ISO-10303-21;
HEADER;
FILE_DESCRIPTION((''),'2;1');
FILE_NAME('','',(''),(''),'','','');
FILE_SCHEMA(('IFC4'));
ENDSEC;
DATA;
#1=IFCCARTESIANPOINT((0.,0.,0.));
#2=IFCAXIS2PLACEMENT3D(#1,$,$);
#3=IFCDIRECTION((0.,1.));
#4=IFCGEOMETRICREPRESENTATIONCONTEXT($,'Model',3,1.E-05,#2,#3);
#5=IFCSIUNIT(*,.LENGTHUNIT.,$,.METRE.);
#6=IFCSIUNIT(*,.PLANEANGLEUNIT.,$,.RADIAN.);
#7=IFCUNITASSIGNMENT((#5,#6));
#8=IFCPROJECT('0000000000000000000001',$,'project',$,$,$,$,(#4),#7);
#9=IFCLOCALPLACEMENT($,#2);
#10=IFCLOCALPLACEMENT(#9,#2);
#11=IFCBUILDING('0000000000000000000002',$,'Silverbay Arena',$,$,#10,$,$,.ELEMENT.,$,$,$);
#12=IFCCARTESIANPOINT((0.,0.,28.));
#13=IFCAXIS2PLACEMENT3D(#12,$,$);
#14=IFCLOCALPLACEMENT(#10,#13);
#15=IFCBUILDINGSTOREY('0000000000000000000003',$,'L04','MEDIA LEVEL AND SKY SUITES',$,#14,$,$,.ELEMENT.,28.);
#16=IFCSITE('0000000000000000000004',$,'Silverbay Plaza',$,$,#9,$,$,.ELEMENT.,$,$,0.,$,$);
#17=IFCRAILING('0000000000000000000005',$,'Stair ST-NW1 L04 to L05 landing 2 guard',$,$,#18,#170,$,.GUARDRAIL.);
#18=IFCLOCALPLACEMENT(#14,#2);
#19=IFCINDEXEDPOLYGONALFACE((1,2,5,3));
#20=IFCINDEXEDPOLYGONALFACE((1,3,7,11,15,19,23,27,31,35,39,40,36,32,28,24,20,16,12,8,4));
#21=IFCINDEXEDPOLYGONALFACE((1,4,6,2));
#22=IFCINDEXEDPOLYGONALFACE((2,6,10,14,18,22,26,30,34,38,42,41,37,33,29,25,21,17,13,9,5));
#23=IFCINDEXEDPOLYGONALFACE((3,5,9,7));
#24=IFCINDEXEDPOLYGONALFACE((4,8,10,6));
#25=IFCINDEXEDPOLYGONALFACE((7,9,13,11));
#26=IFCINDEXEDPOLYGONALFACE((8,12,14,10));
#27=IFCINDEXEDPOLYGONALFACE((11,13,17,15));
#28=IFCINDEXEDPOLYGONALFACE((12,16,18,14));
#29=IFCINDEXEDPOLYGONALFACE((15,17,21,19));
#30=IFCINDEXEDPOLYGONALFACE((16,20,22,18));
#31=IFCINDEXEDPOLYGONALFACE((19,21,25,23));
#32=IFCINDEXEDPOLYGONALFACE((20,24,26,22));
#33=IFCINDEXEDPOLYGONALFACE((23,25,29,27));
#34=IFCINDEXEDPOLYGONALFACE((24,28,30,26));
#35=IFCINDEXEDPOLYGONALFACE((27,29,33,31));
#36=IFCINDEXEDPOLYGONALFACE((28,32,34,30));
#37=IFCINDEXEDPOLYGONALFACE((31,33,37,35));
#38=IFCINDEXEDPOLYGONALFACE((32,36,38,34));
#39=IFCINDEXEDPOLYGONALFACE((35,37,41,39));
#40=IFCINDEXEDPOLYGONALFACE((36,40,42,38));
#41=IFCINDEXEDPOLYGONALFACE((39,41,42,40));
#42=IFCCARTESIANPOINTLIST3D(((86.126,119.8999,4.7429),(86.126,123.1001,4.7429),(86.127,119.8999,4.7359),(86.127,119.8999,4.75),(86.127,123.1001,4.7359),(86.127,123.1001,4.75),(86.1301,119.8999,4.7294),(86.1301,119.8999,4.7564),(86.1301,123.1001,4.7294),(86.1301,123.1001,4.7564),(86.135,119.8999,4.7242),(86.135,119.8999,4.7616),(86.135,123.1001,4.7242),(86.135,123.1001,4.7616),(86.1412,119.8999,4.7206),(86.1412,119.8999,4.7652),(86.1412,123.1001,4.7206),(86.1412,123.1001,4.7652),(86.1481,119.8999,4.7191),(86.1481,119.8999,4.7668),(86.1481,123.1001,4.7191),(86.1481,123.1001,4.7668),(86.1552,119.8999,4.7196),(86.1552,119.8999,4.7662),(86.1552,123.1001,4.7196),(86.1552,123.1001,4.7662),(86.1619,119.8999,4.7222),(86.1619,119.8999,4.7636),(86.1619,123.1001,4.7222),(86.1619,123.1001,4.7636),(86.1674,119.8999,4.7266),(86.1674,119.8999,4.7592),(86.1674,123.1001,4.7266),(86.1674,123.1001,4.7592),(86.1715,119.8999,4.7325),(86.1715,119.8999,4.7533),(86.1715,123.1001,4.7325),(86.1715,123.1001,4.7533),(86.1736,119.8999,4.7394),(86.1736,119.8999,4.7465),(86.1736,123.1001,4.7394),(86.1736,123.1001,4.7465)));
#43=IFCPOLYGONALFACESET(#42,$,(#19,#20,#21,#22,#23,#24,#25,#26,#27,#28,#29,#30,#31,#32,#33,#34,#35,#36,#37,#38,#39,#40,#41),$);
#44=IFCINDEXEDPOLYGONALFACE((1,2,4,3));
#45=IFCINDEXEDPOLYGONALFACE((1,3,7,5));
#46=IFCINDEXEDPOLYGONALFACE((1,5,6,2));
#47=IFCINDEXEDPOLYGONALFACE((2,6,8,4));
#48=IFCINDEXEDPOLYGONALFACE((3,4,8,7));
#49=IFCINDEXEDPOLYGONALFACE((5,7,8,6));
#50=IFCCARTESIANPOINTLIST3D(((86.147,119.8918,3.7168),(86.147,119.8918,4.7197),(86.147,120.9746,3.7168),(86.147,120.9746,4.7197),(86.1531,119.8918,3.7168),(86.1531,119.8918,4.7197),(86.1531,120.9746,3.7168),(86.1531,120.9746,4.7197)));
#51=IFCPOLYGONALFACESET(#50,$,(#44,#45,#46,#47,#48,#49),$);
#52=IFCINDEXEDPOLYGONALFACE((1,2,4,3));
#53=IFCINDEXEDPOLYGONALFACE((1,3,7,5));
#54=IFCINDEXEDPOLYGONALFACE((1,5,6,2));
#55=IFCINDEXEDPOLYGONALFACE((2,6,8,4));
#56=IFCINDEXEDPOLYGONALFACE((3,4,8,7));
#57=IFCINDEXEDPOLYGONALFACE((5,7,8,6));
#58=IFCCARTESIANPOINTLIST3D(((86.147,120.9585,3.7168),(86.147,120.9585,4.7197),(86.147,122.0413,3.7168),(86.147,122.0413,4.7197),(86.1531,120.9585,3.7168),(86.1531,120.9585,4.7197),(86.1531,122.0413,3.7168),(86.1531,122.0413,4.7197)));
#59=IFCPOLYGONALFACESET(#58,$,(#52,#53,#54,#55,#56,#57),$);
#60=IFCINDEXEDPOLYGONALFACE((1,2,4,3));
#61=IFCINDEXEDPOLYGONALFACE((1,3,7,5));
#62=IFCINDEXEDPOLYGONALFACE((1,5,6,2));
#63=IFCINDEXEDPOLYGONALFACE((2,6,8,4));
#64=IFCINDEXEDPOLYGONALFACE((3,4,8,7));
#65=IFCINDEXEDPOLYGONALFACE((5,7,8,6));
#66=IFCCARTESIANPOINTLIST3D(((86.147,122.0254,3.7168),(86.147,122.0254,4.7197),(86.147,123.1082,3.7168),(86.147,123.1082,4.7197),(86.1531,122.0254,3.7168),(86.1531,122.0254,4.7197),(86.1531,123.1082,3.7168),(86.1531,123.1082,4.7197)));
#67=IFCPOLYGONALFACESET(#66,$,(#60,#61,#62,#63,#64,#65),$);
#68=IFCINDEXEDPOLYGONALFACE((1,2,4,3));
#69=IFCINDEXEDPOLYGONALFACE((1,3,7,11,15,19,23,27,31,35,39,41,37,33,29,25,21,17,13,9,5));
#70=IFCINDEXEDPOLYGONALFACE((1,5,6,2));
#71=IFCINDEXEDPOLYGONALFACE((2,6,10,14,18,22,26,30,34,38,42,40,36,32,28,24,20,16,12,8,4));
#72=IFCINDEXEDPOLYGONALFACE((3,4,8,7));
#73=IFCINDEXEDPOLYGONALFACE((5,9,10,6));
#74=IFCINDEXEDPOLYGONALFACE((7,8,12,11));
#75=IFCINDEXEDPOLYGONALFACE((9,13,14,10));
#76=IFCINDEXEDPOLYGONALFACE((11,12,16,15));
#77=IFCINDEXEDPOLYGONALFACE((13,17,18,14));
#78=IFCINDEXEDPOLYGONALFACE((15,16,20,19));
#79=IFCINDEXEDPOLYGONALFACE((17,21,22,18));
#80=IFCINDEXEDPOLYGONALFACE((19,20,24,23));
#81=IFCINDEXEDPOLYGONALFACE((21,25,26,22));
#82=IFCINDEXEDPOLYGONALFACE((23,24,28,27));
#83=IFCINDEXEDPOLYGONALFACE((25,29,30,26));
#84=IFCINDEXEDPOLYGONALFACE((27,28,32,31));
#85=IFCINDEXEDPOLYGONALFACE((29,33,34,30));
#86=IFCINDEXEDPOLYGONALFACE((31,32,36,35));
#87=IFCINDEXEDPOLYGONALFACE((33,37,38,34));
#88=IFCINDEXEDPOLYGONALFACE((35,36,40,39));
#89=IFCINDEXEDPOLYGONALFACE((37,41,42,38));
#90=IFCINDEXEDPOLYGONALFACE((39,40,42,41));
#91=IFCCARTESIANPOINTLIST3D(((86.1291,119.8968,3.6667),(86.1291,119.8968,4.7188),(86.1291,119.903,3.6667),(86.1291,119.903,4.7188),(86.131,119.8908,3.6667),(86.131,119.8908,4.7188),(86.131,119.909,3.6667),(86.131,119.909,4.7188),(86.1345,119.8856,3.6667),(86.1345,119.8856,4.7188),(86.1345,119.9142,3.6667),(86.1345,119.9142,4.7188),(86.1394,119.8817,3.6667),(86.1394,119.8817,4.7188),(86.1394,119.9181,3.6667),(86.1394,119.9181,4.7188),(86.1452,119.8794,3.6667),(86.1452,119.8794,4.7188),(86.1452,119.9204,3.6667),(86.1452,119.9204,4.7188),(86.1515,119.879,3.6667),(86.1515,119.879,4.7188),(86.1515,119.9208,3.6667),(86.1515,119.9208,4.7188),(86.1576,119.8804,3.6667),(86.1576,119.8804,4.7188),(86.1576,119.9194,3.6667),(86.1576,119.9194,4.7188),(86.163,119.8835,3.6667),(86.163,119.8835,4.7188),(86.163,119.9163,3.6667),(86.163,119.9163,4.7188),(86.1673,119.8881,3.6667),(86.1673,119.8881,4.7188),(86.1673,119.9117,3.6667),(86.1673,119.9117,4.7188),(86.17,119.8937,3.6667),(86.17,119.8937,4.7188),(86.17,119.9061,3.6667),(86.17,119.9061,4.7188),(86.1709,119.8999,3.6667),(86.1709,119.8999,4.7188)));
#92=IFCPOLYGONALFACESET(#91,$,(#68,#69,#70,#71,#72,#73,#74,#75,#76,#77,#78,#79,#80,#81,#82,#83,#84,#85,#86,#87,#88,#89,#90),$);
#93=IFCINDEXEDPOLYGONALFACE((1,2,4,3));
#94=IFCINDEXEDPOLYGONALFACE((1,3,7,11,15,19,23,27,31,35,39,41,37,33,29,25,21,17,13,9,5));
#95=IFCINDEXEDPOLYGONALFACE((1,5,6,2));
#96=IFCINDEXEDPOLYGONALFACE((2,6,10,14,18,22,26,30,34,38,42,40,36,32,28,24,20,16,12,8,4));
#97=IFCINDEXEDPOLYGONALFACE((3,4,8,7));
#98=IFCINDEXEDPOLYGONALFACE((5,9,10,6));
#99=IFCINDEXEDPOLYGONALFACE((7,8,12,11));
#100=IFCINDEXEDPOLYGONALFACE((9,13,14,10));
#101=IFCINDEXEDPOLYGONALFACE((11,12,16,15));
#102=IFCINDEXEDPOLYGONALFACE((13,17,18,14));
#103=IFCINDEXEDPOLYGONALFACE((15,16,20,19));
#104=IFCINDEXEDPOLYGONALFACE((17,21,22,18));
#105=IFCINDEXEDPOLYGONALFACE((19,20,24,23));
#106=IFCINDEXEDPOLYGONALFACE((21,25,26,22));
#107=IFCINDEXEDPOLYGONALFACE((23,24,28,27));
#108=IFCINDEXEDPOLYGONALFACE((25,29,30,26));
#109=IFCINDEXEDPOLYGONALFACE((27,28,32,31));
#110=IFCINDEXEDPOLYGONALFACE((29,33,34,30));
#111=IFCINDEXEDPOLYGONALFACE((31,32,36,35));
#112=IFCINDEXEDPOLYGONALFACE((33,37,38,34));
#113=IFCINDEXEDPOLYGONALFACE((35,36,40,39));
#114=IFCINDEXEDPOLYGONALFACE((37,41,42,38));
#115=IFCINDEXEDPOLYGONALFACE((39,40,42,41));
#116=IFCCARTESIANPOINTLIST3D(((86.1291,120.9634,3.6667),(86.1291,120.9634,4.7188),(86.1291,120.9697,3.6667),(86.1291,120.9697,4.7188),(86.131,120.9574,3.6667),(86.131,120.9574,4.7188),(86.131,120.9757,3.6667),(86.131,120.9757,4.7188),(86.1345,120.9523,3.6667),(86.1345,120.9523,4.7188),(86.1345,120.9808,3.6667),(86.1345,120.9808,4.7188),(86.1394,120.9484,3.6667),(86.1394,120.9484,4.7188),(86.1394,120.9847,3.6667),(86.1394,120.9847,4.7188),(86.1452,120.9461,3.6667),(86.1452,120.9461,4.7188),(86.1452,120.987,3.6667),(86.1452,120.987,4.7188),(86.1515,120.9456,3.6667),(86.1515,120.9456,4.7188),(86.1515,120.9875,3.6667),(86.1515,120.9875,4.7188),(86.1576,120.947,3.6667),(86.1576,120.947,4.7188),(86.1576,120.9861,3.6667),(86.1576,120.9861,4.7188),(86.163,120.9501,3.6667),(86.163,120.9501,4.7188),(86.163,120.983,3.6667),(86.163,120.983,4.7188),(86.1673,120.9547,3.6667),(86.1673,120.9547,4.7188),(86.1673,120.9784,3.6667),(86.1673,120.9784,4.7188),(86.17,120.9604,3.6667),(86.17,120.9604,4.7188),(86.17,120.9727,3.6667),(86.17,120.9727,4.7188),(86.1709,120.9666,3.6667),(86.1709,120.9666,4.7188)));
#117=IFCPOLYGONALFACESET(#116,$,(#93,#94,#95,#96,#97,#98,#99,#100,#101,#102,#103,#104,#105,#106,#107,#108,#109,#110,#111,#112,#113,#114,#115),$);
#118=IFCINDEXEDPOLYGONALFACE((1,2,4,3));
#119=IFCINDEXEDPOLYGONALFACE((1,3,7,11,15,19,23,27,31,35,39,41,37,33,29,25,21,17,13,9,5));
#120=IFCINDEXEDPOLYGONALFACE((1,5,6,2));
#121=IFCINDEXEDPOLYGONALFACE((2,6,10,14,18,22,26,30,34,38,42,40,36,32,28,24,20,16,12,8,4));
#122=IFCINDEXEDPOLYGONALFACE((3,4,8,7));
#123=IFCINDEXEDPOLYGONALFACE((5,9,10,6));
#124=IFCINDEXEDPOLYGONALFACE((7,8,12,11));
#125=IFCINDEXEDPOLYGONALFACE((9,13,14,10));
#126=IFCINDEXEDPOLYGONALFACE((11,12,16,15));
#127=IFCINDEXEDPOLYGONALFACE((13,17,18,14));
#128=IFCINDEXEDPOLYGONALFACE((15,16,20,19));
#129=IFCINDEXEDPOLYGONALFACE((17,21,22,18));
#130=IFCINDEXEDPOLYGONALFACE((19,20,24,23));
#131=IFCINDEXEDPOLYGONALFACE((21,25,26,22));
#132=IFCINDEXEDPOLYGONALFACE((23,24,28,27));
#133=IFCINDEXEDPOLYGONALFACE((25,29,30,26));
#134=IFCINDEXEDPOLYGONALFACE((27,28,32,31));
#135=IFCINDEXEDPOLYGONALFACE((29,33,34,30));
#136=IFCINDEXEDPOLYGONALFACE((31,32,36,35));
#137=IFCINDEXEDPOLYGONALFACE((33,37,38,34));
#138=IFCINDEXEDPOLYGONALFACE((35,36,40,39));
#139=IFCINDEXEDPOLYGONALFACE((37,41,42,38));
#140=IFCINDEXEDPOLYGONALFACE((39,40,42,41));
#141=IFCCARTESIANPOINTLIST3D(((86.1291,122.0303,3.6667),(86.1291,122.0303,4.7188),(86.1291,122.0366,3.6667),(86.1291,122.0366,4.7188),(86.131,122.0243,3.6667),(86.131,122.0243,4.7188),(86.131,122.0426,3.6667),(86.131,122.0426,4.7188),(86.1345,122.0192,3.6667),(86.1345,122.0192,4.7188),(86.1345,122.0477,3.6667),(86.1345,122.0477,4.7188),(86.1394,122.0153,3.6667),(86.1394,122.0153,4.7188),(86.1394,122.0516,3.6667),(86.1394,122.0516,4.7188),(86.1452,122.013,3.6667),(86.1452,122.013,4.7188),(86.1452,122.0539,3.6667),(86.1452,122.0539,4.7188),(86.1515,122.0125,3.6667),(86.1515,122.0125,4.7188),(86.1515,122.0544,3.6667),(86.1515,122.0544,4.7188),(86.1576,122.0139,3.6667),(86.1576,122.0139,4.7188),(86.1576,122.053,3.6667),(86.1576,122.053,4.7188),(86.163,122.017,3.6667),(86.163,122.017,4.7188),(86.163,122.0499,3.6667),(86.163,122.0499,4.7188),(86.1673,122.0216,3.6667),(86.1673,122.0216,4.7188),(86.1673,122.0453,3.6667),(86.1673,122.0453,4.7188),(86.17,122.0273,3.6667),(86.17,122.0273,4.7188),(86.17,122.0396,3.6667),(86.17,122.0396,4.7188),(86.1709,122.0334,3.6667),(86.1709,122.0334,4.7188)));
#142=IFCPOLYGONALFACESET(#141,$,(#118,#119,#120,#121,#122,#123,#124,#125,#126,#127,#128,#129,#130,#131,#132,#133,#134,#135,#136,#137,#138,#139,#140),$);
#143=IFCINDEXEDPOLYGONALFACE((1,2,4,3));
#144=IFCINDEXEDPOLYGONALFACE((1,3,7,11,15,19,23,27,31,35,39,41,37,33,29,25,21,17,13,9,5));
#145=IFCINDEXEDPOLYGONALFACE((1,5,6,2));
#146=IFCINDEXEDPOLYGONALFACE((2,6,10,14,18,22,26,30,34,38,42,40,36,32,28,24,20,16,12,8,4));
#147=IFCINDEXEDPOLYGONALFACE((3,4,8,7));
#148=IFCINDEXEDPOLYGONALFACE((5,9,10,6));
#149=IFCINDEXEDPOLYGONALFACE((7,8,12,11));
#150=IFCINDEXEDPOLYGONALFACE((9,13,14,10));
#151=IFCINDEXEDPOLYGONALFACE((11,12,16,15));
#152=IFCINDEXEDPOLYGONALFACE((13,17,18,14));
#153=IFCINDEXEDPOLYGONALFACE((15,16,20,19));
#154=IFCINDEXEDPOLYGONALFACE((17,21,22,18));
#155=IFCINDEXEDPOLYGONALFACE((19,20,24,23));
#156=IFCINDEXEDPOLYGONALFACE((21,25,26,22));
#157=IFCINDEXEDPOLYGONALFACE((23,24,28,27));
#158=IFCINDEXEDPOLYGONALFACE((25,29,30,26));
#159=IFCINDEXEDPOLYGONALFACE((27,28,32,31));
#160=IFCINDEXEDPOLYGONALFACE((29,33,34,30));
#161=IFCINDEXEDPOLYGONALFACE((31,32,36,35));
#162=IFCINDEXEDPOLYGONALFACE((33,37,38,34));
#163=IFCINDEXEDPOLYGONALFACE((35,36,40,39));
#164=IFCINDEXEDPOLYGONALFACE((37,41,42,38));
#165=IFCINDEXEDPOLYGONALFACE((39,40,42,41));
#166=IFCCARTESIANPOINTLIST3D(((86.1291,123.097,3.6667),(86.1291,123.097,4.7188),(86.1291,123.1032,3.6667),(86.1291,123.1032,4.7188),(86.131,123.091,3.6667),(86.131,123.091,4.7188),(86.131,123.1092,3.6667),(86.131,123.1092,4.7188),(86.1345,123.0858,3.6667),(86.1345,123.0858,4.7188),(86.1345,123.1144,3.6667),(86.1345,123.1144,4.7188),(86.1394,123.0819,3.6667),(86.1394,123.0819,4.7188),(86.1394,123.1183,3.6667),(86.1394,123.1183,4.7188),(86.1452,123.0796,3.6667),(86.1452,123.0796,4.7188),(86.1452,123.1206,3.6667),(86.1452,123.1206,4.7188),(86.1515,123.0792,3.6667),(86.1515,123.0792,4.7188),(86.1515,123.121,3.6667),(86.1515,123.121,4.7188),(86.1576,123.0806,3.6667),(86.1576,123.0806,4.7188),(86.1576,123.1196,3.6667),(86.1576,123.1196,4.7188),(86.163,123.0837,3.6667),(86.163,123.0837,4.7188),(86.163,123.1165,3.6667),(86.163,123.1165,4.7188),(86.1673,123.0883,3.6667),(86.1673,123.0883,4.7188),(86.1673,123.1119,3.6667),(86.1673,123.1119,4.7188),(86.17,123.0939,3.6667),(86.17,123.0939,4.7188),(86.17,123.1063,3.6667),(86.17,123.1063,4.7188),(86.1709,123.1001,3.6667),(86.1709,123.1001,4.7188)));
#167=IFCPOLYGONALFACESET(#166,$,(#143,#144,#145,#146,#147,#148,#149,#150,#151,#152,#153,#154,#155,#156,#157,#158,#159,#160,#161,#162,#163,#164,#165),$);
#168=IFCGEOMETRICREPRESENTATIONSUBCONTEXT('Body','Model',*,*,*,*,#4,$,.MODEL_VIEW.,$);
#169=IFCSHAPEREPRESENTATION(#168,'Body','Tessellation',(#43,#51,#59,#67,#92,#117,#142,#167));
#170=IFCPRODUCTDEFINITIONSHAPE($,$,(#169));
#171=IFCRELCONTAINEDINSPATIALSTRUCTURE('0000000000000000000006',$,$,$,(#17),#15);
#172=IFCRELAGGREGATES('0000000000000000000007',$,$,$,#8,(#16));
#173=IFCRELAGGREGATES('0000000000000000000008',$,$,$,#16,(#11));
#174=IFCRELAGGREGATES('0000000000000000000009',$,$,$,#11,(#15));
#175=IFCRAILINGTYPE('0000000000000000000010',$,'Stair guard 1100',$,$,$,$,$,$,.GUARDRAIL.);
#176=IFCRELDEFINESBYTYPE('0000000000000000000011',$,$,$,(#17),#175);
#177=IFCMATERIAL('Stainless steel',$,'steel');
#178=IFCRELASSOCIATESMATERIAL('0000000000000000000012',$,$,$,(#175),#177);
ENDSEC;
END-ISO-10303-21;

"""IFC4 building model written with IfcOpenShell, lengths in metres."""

from ifc_helpers import new_model, si_unit, direction, frame, origin, origin_2d, place, context, subcontext, project, spatial, polyline, circle, outline, extrude, material, type_object, element, save


model = new_model("IFC4")

# Units and contexts
model_context = context("Model", 3, precision=1e-05, world=origin(), true_north=direction((0.0, 1.0)))
body_context = subcontext(model_context, "Body", "Model", "MODEL_VIEW")
ifc_project = project(units=[si_unit("LENGTHUNIT", "METRE"), si_unit("PLANEANGLEUNIT", "RADIAN")], contexts=[model_context])

# Site, building, storey
site_placement = place(None, origin())
site = spatial("IfcSite", under=ifc_project, at=site_placement, Name="Silverbay Plaza", CompositionType="ELEMENT", RefElevation=0.0)
building_placement = place(site_placement, origin())
building = spatial("IfcBuilding", under=site, at=building_placement, Name="Silverbay Arena", CompositionType="ELEMENT")
storey_placement = place(building_placement, frame((0.0, 0.0, 28.0)))
storey = spatial("IfcBuildingStorey", under=building, at=storey_placement, Name="L04", Description="MEDIA LEVEL AND SKY SUITES", CompositionType="ELEMENT", Elevation=28.0)

# Railing
ifc_material_1 = material(Name="Stainless steel", Category="steel")
railing_type_1 = type_object("IfcRailingType", Name="Stair guard 1100", PredefinedType="GUARDRAIL", material=ifc_material_1)
for number, where, name in (
    (1, (86.1499, 119.8999, 3.6667), "Stair ST-NW1 L04 to L05 landing 2 guard"),
):
    element("IfcRailing", number, at=place(storey_placement, frame(where)), inside=storey, type_object=railing_type_1, Name=name, PredefinedType="GUARDRAIL", context=body_context, shape_type="SweptSolid", body=[
        extrude(circle(Radius=0.0239, at=origin_2d()), frame((0.0, 0.0, 1.0762), z_axis=(0.0, 1.0, 0.0), x_axis=(-1.0, 0.0, 0.0)), (0.0, 0.0, 1.0), 3.2002),
        extrude(outline(polyline([(-0.0081, 0.05), (1.0747, 0.05), (1.0747, 1.053), (-0.0081, 1.053), (-0.0081, 0.05)])), frame((-0.0029, 0.0, 0.0), z_axis=(1.0, 0.0, 0.0), x_axis=(0.0, 1.0, 0.0)), (0.0, 0.0, 1.0), 0.0061),
        extrude(outline(polyline([(-0.0081, 0.05), (1.0747, 0.05), (1.0747, 1.053), (-0.0081, 1.053), (-0.0081, 0.05)])), frame((-0.0029, 1.0667, 0.0), z_axis=(1.0, 0.0, 0.0), x_axis=(0.0, 1.0, 0.0)), (0.0, 0.0, 1.0), 0.0061),
        extrude(outline(polyline([(-0.0081, 0.05), (1.0747, 0.05), (1.0747, 1.053), (-0.0081, 1.053), (-0.0081, 0.05)])), frame((-0.0029, 2.1335, 0.0), z_axis=(1.0, 0.0, 0.0), x_axis=(0.0, 1.0, 0.0)), (0.0, 0.0, 1.0), 0.0061),
        extrude(circle(Radius=0.021, at=origin_2d()), origin(), (0.0, 0.0, 1.0), 1.052),
        extrude(circle(Radius=0.021, at=origin_2d()), frame((0.0, 1.0667, 0.0)), (0.0, 0.0, 1.0), 1.052),
        extrude(circle(Radius=0.021, at=origin_2d()), frame((0.0, 2.1335, 0.0)), (0.0, 0.0, 1.0), 1.052),
        extrude(circle(Radius=0.021, at=origin_2d()), frame((0.0, 3.2002, 0.0)), (0.0, 0.0, 1.0), 1.052),
    ])

save(model, "model.ifc")
